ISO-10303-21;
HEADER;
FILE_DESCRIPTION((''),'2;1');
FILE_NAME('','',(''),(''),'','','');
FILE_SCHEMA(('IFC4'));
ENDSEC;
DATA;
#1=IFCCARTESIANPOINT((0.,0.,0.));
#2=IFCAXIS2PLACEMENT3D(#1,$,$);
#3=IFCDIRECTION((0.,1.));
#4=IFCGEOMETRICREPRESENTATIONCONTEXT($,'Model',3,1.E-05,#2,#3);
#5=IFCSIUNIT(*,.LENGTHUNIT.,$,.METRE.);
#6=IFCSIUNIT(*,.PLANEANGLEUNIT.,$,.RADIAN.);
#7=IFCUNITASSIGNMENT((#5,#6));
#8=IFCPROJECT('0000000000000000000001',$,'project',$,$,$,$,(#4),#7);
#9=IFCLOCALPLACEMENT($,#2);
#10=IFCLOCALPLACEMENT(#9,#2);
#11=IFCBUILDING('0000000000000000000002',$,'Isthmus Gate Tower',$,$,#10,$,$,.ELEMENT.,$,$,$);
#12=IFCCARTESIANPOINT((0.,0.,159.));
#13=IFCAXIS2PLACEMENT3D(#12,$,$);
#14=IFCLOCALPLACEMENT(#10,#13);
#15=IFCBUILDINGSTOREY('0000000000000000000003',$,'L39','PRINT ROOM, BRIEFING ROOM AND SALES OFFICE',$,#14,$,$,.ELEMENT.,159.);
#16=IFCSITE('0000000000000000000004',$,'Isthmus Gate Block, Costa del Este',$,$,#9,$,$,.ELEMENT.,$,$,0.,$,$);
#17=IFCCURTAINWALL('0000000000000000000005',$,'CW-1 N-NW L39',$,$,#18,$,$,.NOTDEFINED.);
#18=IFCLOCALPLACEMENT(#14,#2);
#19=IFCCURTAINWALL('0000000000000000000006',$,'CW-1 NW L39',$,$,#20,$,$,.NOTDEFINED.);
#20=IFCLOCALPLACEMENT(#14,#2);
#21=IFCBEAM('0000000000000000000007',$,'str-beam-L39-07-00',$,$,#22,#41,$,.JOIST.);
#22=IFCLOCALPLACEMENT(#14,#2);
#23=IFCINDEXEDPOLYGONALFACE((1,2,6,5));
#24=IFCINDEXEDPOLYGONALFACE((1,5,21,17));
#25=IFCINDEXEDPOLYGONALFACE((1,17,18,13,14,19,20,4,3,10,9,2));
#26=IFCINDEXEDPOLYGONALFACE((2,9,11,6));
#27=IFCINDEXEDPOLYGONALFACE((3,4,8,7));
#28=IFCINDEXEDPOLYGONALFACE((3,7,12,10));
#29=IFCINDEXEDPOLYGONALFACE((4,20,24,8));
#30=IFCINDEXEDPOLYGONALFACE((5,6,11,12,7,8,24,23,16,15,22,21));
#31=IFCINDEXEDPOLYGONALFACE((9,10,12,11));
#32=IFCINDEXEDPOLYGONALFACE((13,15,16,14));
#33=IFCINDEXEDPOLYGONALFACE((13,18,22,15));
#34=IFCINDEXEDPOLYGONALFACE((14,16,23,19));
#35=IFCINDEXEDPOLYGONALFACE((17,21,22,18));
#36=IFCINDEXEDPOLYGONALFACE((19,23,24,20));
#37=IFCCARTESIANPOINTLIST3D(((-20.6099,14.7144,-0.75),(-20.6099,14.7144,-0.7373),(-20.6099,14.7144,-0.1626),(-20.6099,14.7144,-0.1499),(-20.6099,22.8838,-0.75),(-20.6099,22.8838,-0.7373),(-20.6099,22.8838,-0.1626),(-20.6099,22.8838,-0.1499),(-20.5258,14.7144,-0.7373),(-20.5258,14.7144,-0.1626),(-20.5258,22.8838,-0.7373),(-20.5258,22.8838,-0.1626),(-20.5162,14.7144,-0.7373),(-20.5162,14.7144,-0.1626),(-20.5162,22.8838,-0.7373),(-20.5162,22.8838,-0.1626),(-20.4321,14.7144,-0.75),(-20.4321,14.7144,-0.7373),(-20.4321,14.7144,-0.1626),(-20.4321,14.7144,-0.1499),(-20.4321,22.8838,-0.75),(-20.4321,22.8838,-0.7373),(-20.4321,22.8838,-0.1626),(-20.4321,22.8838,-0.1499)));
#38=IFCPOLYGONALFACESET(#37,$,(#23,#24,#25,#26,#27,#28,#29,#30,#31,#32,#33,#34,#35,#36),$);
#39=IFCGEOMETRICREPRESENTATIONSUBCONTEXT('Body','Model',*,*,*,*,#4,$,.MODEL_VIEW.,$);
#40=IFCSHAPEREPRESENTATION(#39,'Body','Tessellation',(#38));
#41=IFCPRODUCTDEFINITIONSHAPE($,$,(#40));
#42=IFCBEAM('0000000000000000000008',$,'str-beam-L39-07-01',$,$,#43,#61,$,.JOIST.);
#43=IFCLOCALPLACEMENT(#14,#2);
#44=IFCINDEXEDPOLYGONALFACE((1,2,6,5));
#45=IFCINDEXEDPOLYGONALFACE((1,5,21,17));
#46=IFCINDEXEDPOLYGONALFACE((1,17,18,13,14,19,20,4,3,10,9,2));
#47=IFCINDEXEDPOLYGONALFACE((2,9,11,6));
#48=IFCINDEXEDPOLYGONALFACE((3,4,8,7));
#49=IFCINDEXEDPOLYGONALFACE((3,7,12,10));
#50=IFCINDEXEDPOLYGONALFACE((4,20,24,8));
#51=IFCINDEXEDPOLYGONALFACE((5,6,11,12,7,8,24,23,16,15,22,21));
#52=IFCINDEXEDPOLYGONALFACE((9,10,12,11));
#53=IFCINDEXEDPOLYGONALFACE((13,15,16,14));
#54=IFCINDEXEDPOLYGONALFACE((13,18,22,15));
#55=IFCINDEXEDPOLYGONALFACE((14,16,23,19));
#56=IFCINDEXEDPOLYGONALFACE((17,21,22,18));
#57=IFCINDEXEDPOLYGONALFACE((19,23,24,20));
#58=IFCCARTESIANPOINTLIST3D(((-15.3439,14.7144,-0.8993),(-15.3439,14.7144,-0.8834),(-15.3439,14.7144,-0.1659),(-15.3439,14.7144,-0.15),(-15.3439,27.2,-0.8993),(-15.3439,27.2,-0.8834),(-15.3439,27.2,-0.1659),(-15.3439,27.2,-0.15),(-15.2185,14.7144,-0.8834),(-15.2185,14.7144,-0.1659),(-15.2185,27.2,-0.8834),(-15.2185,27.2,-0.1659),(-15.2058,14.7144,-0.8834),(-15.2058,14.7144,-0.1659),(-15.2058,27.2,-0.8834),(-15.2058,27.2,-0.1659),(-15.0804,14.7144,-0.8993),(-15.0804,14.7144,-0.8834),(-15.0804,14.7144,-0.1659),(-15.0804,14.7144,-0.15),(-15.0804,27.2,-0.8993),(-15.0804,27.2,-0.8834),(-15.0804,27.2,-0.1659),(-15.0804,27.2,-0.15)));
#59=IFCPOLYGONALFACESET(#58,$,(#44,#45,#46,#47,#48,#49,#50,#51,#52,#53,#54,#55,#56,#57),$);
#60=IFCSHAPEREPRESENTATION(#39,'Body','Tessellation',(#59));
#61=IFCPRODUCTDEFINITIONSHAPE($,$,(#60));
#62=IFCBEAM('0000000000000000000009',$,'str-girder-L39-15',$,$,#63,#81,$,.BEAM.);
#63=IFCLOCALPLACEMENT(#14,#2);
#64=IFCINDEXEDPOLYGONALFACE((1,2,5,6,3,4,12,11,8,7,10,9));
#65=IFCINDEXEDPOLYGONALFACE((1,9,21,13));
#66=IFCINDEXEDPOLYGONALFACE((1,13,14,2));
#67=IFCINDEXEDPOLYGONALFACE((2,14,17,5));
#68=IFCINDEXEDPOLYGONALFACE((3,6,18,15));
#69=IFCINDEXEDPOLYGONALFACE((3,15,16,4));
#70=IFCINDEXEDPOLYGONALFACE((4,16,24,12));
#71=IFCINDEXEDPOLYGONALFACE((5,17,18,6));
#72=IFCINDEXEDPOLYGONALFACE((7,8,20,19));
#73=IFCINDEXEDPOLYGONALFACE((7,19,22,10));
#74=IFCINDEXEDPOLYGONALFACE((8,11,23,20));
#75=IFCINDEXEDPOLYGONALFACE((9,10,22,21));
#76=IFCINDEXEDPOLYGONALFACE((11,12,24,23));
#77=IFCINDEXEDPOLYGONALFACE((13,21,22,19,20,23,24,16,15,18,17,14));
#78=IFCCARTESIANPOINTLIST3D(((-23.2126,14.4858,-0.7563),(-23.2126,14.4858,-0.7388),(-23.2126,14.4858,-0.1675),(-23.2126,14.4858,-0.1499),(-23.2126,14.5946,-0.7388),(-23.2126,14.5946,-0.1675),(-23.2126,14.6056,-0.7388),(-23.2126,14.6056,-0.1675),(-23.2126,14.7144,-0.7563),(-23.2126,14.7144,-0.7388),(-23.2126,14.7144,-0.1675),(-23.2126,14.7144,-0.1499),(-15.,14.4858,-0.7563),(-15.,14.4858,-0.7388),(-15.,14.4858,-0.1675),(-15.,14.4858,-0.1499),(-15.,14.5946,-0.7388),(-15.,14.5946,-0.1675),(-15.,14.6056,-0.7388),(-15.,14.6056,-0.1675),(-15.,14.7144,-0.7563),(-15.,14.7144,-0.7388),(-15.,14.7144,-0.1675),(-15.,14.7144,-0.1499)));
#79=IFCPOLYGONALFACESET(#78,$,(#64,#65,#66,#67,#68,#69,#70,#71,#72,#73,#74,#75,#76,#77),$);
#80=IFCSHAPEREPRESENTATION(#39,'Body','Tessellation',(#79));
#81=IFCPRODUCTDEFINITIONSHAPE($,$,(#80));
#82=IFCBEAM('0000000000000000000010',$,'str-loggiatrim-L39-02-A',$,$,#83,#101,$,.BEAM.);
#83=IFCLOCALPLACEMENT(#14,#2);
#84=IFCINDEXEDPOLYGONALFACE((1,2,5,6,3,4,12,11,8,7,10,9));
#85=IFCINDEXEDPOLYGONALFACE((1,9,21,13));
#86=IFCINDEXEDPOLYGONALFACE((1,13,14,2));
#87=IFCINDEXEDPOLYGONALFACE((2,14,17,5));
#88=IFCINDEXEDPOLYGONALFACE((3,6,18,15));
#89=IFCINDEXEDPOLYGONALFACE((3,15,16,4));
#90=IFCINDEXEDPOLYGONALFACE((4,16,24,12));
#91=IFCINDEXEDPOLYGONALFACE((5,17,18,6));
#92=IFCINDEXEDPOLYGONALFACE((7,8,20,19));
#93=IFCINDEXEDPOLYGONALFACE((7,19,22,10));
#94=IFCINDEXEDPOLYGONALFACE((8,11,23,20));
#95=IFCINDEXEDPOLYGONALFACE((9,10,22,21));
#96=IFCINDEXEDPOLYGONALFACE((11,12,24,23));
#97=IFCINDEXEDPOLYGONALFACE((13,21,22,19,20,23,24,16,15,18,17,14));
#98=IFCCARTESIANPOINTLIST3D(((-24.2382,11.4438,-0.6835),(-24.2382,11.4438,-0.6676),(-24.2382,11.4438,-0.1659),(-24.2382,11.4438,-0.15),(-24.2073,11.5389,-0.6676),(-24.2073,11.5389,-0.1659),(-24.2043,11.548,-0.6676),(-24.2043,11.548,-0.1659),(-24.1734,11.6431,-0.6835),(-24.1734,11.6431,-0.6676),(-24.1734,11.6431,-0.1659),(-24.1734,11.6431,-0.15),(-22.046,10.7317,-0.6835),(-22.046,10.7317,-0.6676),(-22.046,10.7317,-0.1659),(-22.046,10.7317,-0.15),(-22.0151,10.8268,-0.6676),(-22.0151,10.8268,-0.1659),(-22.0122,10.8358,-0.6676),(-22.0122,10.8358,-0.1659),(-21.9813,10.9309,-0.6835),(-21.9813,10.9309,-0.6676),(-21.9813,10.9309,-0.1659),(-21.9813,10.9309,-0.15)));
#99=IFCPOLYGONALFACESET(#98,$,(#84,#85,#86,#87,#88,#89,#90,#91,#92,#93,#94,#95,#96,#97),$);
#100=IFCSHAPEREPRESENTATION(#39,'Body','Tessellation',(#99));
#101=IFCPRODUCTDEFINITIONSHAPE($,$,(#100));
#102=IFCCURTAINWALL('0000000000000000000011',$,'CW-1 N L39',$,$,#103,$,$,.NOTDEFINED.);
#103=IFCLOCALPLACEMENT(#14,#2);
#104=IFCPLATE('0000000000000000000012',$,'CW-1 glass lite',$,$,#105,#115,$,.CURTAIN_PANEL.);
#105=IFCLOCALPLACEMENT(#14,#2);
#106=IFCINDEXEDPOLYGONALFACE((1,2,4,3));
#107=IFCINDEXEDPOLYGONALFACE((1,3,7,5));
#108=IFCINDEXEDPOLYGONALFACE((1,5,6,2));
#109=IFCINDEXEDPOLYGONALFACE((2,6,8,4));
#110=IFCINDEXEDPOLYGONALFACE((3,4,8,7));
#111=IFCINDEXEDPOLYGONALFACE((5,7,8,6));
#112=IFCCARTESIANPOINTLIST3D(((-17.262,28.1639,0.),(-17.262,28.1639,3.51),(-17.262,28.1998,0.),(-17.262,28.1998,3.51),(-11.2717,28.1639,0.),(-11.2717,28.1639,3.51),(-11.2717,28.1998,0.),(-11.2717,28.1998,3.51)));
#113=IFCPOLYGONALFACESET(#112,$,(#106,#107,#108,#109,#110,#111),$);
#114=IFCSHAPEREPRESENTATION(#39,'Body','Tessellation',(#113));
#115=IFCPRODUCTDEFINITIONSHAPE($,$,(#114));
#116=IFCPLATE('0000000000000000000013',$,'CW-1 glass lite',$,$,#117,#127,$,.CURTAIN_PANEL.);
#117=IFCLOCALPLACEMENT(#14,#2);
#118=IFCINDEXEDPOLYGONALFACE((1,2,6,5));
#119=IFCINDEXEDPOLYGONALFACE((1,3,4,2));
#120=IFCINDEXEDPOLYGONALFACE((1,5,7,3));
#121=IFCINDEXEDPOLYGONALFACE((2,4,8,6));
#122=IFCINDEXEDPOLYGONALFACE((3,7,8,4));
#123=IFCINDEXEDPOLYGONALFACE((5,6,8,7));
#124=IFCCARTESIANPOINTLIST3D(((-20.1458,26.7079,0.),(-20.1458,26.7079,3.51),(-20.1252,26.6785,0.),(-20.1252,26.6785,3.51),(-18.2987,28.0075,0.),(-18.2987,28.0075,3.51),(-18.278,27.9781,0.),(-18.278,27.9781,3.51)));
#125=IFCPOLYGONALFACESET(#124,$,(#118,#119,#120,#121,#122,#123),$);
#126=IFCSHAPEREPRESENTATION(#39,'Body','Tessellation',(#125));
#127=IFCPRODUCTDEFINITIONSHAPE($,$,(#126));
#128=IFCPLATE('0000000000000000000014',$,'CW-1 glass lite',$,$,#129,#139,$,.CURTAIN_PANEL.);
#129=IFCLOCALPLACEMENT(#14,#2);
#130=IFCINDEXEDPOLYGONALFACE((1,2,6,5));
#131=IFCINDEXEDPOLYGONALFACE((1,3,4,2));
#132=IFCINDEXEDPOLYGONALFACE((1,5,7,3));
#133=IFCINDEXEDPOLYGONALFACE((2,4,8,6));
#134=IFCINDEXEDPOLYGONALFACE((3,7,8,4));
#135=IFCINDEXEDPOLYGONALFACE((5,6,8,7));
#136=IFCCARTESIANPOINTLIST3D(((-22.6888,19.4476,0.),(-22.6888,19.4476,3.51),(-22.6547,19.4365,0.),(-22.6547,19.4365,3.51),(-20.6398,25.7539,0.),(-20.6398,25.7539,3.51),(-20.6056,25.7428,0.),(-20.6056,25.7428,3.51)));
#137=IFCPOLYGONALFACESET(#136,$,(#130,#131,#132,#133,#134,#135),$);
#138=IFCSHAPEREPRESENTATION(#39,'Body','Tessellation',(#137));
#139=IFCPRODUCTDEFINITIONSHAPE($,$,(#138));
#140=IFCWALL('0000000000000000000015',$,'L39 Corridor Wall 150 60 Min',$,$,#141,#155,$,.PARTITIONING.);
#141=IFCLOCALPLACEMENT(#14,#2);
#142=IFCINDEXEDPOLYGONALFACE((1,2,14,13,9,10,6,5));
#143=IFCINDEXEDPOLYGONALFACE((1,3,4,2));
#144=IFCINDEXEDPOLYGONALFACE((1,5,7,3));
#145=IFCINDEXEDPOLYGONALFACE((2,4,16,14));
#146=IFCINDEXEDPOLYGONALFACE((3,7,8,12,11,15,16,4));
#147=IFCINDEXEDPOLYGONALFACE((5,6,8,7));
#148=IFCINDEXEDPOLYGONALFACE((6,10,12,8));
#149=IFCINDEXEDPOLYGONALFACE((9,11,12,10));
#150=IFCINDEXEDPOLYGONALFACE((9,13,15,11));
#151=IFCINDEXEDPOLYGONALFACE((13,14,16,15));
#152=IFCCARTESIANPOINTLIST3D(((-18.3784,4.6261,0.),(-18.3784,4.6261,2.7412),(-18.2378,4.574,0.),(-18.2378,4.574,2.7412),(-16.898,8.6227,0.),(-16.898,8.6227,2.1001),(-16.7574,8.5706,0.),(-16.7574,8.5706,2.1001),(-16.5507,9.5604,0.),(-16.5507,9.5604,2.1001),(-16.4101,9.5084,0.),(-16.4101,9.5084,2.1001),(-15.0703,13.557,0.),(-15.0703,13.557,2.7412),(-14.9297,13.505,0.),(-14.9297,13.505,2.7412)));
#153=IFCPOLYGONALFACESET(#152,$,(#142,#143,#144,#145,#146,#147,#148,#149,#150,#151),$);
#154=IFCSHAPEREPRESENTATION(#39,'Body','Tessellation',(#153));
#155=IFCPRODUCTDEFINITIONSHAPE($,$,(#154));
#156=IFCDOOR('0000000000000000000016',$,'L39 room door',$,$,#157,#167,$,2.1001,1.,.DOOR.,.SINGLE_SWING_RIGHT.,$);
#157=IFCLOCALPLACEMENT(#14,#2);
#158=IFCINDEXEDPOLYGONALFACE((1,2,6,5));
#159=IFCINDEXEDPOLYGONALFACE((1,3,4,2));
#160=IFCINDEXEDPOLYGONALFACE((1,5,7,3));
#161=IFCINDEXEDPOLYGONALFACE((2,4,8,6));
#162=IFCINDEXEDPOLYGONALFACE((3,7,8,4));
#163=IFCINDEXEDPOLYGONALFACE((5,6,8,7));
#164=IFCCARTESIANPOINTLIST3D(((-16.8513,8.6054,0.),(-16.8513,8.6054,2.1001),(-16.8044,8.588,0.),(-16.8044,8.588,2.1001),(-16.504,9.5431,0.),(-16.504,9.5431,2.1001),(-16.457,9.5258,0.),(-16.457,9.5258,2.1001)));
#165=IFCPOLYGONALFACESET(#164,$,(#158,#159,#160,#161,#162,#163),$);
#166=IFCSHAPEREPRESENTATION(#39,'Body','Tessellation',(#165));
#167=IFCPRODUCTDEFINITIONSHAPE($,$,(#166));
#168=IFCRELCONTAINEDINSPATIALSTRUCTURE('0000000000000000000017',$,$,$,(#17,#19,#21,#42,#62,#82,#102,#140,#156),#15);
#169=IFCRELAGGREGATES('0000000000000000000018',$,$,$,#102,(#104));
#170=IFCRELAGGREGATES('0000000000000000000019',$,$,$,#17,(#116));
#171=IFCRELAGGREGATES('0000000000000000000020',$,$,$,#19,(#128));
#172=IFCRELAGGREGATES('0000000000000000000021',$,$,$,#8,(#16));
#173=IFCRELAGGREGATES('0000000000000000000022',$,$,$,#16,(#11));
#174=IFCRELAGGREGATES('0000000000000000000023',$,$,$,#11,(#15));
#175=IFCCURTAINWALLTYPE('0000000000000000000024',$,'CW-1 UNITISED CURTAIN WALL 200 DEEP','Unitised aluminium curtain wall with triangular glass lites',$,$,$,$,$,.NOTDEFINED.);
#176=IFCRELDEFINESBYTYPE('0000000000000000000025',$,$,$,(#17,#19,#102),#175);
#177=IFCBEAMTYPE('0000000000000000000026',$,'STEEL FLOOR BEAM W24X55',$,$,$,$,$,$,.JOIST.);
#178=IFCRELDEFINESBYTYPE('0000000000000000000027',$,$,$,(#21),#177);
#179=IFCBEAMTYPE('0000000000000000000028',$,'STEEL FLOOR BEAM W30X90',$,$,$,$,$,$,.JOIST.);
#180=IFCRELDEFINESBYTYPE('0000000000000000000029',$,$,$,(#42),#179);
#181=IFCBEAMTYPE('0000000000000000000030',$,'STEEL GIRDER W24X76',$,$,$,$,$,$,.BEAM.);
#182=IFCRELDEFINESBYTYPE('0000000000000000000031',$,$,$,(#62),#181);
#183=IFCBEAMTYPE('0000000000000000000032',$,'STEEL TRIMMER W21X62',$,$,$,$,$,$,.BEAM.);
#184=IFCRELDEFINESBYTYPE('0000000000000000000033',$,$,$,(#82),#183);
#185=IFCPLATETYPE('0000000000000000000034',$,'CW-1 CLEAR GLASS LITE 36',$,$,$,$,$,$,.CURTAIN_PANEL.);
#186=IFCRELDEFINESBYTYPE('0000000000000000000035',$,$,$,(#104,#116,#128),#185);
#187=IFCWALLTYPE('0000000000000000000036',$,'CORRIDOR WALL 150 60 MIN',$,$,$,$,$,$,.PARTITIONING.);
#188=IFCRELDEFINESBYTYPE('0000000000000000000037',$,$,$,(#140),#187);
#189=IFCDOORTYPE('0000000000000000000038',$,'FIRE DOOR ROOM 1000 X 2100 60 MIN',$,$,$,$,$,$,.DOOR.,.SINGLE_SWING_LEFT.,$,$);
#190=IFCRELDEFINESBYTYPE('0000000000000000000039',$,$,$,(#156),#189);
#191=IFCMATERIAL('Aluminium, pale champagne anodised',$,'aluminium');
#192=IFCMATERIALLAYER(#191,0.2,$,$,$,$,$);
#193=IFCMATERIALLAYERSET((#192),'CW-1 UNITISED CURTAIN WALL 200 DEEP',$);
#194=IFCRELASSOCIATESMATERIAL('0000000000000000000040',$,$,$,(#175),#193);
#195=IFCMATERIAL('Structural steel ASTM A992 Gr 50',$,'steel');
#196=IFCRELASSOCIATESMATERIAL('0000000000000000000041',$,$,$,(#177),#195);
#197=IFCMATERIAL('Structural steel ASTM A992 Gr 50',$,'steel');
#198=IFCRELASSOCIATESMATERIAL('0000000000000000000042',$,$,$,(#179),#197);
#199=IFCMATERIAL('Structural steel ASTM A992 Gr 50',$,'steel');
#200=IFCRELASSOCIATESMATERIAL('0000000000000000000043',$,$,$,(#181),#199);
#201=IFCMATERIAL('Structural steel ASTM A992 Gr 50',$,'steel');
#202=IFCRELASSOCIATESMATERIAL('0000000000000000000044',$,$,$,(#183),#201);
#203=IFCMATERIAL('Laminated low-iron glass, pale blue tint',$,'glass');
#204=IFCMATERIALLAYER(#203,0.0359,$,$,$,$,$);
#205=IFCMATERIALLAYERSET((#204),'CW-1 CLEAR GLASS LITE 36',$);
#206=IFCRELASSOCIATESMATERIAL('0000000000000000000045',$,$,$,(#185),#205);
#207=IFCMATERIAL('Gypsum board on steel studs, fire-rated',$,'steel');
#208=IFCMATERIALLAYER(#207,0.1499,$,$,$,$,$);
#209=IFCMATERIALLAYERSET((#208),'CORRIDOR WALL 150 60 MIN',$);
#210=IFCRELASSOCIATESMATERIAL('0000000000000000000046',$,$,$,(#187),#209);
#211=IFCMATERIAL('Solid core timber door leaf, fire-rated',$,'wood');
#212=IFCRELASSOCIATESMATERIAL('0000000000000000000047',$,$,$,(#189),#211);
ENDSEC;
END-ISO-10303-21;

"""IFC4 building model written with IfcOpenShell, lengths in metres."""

from ifc_helpers import new_model, si_unit, direction, frame, frame_2d, origin, origin_2d, place, context, subcontext, project, spatial, rectangle, i_section, extrude, material, layer, layer_set, material_profile, profile_set, type_object, element, fill, aggregate, save


model = new_model("IFC4")

# Units and contexts
model_context = context("Model", 3, precision=1e-05, world=origin(), true_north=direction((0.0, 1.0)))
body_context = subcontext(model_context, "Body", "Model", "MODEL_VIEW")
ifc_project = project(units=[si_unit("LENGTHUNIT", "METRE"), si_unit("PLANEANGLEUNIT", "RADIAN")], contexts=[model_context])

# Site, building, storey
site_placement = place(None, origin())
site = spatial("IfcSite", under=ifc_project, at=site_placement, Name="Isthmus Gate Block, Costa del Este", CompositionType="ELEMENT", RefElevation=0.0)
building_placement = place(site_placement, origin())
building = spatial("IfcBuilding", under=site, at=building_placement, Name="Isthmus Gate Tower", CompositionType="ELEMENT")
storey_placement = place(building_placement, frame((0.0, 0.0, 159.0)))
storey = spatial("IfcBuildingStorey", under=building, at=storey_placement, Name="L39", Description="PRINT ROOM, BRIEFING ROOM AND SALES OFFICE", CompositionType="ELEMENT", Elevation=159.0)

# Curtain walls
ifc_material_1 = material(Name="Aluminium, pale champagne anodised", Category="aluminium")
ifc_layer_1 = layer(ifc_material_1, 0.2)
ifc_layer_set_1 = layer_set([ifc_layer_1], Name="CW-1 UNITISED CURTAIN WALL 200 DEEP")
curtain_wall_type = type_object("IfcCurtainWallType", Name="CW-1 UNITISED CURTAIN WALL 200 DEEP", Description="Unitised aluminium curtain wall with triangular glass lites", PredefinedType="NOTDEFINED", material=ifc_layer_set_1)
curtain_wall_1_placement = place(storey_placement, origin())
curtain_wall_1 = element("IfcCurtainWall", 1, at=curtain_wall_1_placement, inside=storey, type_object=curtain_wall_type, Name="CW-1 N-NW L39", PredefinedType="NOTDEFINED")
curtain_wall_2_placement = place(storey_placement, origin())
curtain_wall_2 = element("IfcCurtainWall", 2, at=curtain_wall_2_placement, inside=storey, type_object=curtain_wall_type, Name="CW-1 NW L39", PredefinedType="NOTDEFINED")

# Beams
ifc_material_2 = material(Name="Structural steel ASTM A992 Gr 50", Category="steel")
ifc_material_profile_1 = material_profile(ifc_material_2, i_section(OverallWidth=0.1777, OverallDepth=0.6001, WebThickness=0.0095, FlangeThickness=0.0127, at=origin_2d()), Name="W24X55")
ifc_profile_set_1 = profile_set([ifc_material_profile_1], Name="Structural steel ASTM A992 Gr 50")
beam_type_1 = type_object("IfcBeamType", Name="STEEL FLOOR BEAM W24X55", PredefinedType="JOIST", material=ifc_profile_set_1)
beam_1_placement = place(storey_placement, frame((-20.521, 14.7144, -0.45), z_axis=(0.0, 1.0, 0.0), x_axis=(-1.0, 0.0, 0.0)))
element("IfcBeam", 3, at=beam_1_placement, inside=storey, type_object=beam_type_1, Name="str-beam-L39-07-00", PredefinedType="JOIST", context=body_context, shape_type="SweptSolid", body=[
    extrude(i_section(OverallWidth=0.1777, OverallDepth=0.6001, WebThickness=0.0095, FlangeThickness=0.0127, at=origin_2d()), origin(), (0.0, 0.0, 1.0), 8.1694),
])
ifc_material_3 = material(Name="Structural steel ASTM A992 Gr 50", Category="steel")
ifc_material_profile_2 = material_profile(ifc_material_3, i_section(OverallWidth=0.2634, OverallDepth=0.7493, WebThickness=0.0127, FlangeThickness=0.0159, at=origin_2d()), Name="W30X90")
ifc_profile_set_2 = profile_set([ifc_material_profile_2], Name="Structural steel ASTM A992 Gr 50")
beam_type_2 = type_object("IfcBeamType", Name="STEEL FLOOR BEAM W30X90", PredefinedType="JOIST", material=ifc_profile_set_2)
beam_2_placement = place(storey_placement, frame((-15.2122, 14.7144, -0.5247), z_axis=(0.0, 1.0, 0.0), x_axis=(-1.0, 0.0, 0.0)))
element("IfcBeam", 4, at=beam_2_placement, inside=storey, type_object=beam_type_2, Name="str-beam-L39-07-01", PredefinedType="JOIST", context=body_context, shape_type="SweptSolid", body=[
    extrude(i_section(OverallWidth=0.2634, OverallDepth=0.7493, WebThickness=0.0127, FlangeThickness=0.0159, at=origin_2d()), origin(), (0.0, 0.0, 1.0), 12.4856),
])
ifc_material_4 = material(Name="Structural steel ASTM A992 Gr 50", Category="steel")
ifc_material_profile_3 = material_profile(ifc_material_4, i_section(OverallWidth=0.2285, OverallDepth=0.6064, WebThickness=0.011, FlangeThickness=0.0176, at=origin_2d()), Name="W24X76")
ifc_profile_set_3 = profile_set([ifc_material_profile_3], Name="Structural steel ASTM A992 Gr 50")
beam_type_3 = type_object("IfcBeamType", Name="STEEL GIRDER W24X76", PredefinedType="BEAM", material=ifc_profile_set_3)
beam_3_placement = place(storey_placement, frame((-15.0, 14.6001, -0.4531), z_axis=(-1.0, 0.0, 0.0), x_axis=(0.0, -1.0, 0.0)))
element("IfcBeam", 5, at=beam_3_placement, inside=storey, type_object=beam_type_3, Name="str-girder-L39-15", PredefinedType="BEAM", context=body_context, shape_type="SweptSolid", body=[
    extrude(i_section(OverallWidth=0.2285, OverallDepth=0.6064, WebThickness=0.011, FlangeThickness=0.0176, at=origin_2d()), origin(), (0.0, 0.0, 1.0), 8.2126),
])
ifc_material_5 = material(Name="Structural steel ASTM A992 Gr 50", Category="steel")
ifc_material_profile_4 = material_profile(ifc_material_5, i_section(OverallWidth=0.2095, OverallDepth=0.5334, WebThickness=0.0095, FlangeThickness=0.0159, at=origin_2d()), Name="W21X62")
ifc_profile_set_4 = profile_set([ifc_material_profile_4], Name="Structural steel ASTM A992 Gr 50")
beam_type_4 = type_object("IfcBeamType", Name="STEEL TRIMMER W21X62", PredefinedType="BEAM", material=ifc_profile_set_4)
beam_4_placement = place(storey_placement, frame((-24.2058, 11.5435, -0.4167), z_axis=(0.951071, -0.308974, 0.0), x_axis=(0.308974, 0.951071, 0.0)))
element("IfcBeam", 6, at=beam_4_placement, inside=storey, type_object=beam_type_4, Name="str-loggiatrim-L39-02-A", PredefinedType="BEAM", context=body_context, shape_type="SweptSolid", body=[
    extrude(i_section(OverallWidth=0.2095, OverallDepth=0.5334, WebThickness=0.0095, FlangeThickness=0.0159, at=origin_2d()), origin(), (0.0, 0.0, 1.0), 2.3049),
])

# Curtain wall, plate
curtain_wall_3_placement = place(storey_placement, origin())
curtain_wall_3 = element("IfcCurtainWall", 7, at=curtain_wall_3_placement, inside=storey, type_object=curtain_wall_type, Name="CW-1 N L39", PredefinedType="NOTDEFINED")
ifc_material_6 = material(Name="Laminated low-iron glass, pale blue tint", Category="glass")
ifc_layer_2 = layer(ifc_material_6, 0.0359)
ifc_layer_set_2 = layer_set([ifc_layer_2], Name="CW-1 CLEAR GLASS LITE 36")
plate_type = type_object("IfcPlateType", Name="CW-1 CLEAR GLASS LITE 36", PredefinedType="CURTAIN_PANEL", material=ifc_layer_set_2)
plate_1_placement = place(storey_placement, frame((-14.2668, 28.1819, 0.0), z_axis=(0.0, 0.0, 1.0), x_axis=(-1.0, 0.0, 0.0)))
plate_1 = element("IfcPlate", 8, at=plate_1_placement, type_object=plate_type, Name="CW-1 glass lite", PredefinedType="CURTAIN_PANEL", context=body_context, shape_type="SweptSolid", body=[
    extrude(rectangle(XDim=5.9902, YDim=0.0359, at=origin_2d()), origin(), (0.0, 0.0, 1.0), 3.51),
])
aggregate(curtain_wall_3, [plate_1])

# Plates
plate_2_placement = place(storey_placement, frame((-19.2119, 27.343, 0.0), z_axis=(0.0, 0.0, 1.0), x_axis=(-0.81786, -0.575418, 0.0)))
plate_2 = element("IfcPlate", 9, at=plate_2_placement, type_object=plate_type, Name="CW-1 glass lite", PredefinedType="CURTAIN_PANEL", context=body_context, shape_type="SweptSolid", body=[
    extrude(rectangle(XDim=2.2585, YDim=0.0359, at=origin_2d()), origin(), (0.0, 0.0, 1.0), 3.51),
])
aggregate(curtain_wall_1, [plate_2])
plate_3_placement = place(storey_placement, frame((-21.6472, 22.5952, 0.0), z_axis=(0.0, 0.0, 1.0), x_axis=(-0.309017, -0.951057, 0.0)))
plate_3 = element("IfcPlate", 10, at=plate_3_placement, type_object=plate_type, Name="CW-1 glass lite", PredefinedType="CURTAIN_PANEL", context=body_context, shape_type="SweptSolid", body=[
    extrude(rectangle(XDim=6.6309, YDim=0.0359, at=origin_2d()), origin(), (0.0, 0.0, 1.0), 3.51),
])

# Wall, opening, door
ifc_material_7 = material(Name="Gypsum board on steel studs, fire-rated", Category="steel")
ifc_layer_3 = layer(ifc_material_7, 0.1499)
ifc_layer_set_3 = layer_set([ifc_layer_3], Name="CORRIDOR WALL 150 60 MIN")
wall_type_1 = type_object("IfcWallType", Name="CORRIDOR WALL 150 60 MIN", PredefinedType="PARTITIONING", material=ifc_layer_set_3)
wall_1_placement = place(storey_placement, frame((-15.0, 13.531, 0.0), z_axis=(0.0, 0.0, 1.0), x_axis=(-0.347348, -0.937736, 0.0)))
wall_1 = element("IfcWall", 11, at=wall_1_placement, inside=storey, type_object=wall_type_1, Name="L39 Corridor Wall 150 60 Min", PredefinedType="PARTITIONING", context=body_context, shape_type="SweptSolid", body=[
    extrude(rectangle(XDim=9.5239, YDim=0.1499, at=frame_2d((4.762, 0.0))), origin(), (0.0, 0.0, 1.0), 2.7412),
])
opening_1_placement = place(wall_1_placement, frame((4.262, 0.0, 0.0)))
opening_1 = element("IfcOpeningElement", 12, at=opening_1_placement, cuts=wall_1, PredefinedType="OPENING", context=body_context, shape_type="SweptSolid", body=[
    extrude(rectangle(XDim=1.0, YDim=2.1001, at=frame_2d((0.5, 1.05))), frame((0.0, 0.085, 0.0), z_axis=(0.0, -1.0, 0.0), x_axis=(1.0, 0.0, 0.0)), (0.0, 0.0, 1.0), 0.1699),
])
ifc_material_8 = material(Name="Solid core timber door leaf, fire-rated", Category="wood")
door_type_1 = type_object("IfcDoorType", Name="FIRE DOOR ROOM 1000 X 2100 60 MIN", OperationType="SINGLE_SWING_LEFT", PredefinedType="DOOR", material=ifc_material_8)
door_1_placement = place(opening_1_placement, origin())
door_1 = element("IfcDoor", 13, at=door_1_placement, inside=storey, type_object=door_type_1, Name="L39 room door", OperationType="SINGLE_SWING_RIGHT", OverallHeight=2.1001, OverallWidth=1.0, PredefinedType="DOOR", context=body_context, shape_type="SweptSolid", body=[
    extrude(rectangle(XDim=1.0, YDim=2.1001, at=frame_2d((0.5, 1.05))), frame((0.0, 0.0249, 0.0), z_axis=(0.0, -1.0, 0.0), x_axis=(1.0, 0.0, 0.0)), (0.0, 0.0, 1.0), 0.05),
])
fill(opening_1, door_1)

aggregate(curtain_wall_2, [plate_3])

save(model, "model.ifc")
